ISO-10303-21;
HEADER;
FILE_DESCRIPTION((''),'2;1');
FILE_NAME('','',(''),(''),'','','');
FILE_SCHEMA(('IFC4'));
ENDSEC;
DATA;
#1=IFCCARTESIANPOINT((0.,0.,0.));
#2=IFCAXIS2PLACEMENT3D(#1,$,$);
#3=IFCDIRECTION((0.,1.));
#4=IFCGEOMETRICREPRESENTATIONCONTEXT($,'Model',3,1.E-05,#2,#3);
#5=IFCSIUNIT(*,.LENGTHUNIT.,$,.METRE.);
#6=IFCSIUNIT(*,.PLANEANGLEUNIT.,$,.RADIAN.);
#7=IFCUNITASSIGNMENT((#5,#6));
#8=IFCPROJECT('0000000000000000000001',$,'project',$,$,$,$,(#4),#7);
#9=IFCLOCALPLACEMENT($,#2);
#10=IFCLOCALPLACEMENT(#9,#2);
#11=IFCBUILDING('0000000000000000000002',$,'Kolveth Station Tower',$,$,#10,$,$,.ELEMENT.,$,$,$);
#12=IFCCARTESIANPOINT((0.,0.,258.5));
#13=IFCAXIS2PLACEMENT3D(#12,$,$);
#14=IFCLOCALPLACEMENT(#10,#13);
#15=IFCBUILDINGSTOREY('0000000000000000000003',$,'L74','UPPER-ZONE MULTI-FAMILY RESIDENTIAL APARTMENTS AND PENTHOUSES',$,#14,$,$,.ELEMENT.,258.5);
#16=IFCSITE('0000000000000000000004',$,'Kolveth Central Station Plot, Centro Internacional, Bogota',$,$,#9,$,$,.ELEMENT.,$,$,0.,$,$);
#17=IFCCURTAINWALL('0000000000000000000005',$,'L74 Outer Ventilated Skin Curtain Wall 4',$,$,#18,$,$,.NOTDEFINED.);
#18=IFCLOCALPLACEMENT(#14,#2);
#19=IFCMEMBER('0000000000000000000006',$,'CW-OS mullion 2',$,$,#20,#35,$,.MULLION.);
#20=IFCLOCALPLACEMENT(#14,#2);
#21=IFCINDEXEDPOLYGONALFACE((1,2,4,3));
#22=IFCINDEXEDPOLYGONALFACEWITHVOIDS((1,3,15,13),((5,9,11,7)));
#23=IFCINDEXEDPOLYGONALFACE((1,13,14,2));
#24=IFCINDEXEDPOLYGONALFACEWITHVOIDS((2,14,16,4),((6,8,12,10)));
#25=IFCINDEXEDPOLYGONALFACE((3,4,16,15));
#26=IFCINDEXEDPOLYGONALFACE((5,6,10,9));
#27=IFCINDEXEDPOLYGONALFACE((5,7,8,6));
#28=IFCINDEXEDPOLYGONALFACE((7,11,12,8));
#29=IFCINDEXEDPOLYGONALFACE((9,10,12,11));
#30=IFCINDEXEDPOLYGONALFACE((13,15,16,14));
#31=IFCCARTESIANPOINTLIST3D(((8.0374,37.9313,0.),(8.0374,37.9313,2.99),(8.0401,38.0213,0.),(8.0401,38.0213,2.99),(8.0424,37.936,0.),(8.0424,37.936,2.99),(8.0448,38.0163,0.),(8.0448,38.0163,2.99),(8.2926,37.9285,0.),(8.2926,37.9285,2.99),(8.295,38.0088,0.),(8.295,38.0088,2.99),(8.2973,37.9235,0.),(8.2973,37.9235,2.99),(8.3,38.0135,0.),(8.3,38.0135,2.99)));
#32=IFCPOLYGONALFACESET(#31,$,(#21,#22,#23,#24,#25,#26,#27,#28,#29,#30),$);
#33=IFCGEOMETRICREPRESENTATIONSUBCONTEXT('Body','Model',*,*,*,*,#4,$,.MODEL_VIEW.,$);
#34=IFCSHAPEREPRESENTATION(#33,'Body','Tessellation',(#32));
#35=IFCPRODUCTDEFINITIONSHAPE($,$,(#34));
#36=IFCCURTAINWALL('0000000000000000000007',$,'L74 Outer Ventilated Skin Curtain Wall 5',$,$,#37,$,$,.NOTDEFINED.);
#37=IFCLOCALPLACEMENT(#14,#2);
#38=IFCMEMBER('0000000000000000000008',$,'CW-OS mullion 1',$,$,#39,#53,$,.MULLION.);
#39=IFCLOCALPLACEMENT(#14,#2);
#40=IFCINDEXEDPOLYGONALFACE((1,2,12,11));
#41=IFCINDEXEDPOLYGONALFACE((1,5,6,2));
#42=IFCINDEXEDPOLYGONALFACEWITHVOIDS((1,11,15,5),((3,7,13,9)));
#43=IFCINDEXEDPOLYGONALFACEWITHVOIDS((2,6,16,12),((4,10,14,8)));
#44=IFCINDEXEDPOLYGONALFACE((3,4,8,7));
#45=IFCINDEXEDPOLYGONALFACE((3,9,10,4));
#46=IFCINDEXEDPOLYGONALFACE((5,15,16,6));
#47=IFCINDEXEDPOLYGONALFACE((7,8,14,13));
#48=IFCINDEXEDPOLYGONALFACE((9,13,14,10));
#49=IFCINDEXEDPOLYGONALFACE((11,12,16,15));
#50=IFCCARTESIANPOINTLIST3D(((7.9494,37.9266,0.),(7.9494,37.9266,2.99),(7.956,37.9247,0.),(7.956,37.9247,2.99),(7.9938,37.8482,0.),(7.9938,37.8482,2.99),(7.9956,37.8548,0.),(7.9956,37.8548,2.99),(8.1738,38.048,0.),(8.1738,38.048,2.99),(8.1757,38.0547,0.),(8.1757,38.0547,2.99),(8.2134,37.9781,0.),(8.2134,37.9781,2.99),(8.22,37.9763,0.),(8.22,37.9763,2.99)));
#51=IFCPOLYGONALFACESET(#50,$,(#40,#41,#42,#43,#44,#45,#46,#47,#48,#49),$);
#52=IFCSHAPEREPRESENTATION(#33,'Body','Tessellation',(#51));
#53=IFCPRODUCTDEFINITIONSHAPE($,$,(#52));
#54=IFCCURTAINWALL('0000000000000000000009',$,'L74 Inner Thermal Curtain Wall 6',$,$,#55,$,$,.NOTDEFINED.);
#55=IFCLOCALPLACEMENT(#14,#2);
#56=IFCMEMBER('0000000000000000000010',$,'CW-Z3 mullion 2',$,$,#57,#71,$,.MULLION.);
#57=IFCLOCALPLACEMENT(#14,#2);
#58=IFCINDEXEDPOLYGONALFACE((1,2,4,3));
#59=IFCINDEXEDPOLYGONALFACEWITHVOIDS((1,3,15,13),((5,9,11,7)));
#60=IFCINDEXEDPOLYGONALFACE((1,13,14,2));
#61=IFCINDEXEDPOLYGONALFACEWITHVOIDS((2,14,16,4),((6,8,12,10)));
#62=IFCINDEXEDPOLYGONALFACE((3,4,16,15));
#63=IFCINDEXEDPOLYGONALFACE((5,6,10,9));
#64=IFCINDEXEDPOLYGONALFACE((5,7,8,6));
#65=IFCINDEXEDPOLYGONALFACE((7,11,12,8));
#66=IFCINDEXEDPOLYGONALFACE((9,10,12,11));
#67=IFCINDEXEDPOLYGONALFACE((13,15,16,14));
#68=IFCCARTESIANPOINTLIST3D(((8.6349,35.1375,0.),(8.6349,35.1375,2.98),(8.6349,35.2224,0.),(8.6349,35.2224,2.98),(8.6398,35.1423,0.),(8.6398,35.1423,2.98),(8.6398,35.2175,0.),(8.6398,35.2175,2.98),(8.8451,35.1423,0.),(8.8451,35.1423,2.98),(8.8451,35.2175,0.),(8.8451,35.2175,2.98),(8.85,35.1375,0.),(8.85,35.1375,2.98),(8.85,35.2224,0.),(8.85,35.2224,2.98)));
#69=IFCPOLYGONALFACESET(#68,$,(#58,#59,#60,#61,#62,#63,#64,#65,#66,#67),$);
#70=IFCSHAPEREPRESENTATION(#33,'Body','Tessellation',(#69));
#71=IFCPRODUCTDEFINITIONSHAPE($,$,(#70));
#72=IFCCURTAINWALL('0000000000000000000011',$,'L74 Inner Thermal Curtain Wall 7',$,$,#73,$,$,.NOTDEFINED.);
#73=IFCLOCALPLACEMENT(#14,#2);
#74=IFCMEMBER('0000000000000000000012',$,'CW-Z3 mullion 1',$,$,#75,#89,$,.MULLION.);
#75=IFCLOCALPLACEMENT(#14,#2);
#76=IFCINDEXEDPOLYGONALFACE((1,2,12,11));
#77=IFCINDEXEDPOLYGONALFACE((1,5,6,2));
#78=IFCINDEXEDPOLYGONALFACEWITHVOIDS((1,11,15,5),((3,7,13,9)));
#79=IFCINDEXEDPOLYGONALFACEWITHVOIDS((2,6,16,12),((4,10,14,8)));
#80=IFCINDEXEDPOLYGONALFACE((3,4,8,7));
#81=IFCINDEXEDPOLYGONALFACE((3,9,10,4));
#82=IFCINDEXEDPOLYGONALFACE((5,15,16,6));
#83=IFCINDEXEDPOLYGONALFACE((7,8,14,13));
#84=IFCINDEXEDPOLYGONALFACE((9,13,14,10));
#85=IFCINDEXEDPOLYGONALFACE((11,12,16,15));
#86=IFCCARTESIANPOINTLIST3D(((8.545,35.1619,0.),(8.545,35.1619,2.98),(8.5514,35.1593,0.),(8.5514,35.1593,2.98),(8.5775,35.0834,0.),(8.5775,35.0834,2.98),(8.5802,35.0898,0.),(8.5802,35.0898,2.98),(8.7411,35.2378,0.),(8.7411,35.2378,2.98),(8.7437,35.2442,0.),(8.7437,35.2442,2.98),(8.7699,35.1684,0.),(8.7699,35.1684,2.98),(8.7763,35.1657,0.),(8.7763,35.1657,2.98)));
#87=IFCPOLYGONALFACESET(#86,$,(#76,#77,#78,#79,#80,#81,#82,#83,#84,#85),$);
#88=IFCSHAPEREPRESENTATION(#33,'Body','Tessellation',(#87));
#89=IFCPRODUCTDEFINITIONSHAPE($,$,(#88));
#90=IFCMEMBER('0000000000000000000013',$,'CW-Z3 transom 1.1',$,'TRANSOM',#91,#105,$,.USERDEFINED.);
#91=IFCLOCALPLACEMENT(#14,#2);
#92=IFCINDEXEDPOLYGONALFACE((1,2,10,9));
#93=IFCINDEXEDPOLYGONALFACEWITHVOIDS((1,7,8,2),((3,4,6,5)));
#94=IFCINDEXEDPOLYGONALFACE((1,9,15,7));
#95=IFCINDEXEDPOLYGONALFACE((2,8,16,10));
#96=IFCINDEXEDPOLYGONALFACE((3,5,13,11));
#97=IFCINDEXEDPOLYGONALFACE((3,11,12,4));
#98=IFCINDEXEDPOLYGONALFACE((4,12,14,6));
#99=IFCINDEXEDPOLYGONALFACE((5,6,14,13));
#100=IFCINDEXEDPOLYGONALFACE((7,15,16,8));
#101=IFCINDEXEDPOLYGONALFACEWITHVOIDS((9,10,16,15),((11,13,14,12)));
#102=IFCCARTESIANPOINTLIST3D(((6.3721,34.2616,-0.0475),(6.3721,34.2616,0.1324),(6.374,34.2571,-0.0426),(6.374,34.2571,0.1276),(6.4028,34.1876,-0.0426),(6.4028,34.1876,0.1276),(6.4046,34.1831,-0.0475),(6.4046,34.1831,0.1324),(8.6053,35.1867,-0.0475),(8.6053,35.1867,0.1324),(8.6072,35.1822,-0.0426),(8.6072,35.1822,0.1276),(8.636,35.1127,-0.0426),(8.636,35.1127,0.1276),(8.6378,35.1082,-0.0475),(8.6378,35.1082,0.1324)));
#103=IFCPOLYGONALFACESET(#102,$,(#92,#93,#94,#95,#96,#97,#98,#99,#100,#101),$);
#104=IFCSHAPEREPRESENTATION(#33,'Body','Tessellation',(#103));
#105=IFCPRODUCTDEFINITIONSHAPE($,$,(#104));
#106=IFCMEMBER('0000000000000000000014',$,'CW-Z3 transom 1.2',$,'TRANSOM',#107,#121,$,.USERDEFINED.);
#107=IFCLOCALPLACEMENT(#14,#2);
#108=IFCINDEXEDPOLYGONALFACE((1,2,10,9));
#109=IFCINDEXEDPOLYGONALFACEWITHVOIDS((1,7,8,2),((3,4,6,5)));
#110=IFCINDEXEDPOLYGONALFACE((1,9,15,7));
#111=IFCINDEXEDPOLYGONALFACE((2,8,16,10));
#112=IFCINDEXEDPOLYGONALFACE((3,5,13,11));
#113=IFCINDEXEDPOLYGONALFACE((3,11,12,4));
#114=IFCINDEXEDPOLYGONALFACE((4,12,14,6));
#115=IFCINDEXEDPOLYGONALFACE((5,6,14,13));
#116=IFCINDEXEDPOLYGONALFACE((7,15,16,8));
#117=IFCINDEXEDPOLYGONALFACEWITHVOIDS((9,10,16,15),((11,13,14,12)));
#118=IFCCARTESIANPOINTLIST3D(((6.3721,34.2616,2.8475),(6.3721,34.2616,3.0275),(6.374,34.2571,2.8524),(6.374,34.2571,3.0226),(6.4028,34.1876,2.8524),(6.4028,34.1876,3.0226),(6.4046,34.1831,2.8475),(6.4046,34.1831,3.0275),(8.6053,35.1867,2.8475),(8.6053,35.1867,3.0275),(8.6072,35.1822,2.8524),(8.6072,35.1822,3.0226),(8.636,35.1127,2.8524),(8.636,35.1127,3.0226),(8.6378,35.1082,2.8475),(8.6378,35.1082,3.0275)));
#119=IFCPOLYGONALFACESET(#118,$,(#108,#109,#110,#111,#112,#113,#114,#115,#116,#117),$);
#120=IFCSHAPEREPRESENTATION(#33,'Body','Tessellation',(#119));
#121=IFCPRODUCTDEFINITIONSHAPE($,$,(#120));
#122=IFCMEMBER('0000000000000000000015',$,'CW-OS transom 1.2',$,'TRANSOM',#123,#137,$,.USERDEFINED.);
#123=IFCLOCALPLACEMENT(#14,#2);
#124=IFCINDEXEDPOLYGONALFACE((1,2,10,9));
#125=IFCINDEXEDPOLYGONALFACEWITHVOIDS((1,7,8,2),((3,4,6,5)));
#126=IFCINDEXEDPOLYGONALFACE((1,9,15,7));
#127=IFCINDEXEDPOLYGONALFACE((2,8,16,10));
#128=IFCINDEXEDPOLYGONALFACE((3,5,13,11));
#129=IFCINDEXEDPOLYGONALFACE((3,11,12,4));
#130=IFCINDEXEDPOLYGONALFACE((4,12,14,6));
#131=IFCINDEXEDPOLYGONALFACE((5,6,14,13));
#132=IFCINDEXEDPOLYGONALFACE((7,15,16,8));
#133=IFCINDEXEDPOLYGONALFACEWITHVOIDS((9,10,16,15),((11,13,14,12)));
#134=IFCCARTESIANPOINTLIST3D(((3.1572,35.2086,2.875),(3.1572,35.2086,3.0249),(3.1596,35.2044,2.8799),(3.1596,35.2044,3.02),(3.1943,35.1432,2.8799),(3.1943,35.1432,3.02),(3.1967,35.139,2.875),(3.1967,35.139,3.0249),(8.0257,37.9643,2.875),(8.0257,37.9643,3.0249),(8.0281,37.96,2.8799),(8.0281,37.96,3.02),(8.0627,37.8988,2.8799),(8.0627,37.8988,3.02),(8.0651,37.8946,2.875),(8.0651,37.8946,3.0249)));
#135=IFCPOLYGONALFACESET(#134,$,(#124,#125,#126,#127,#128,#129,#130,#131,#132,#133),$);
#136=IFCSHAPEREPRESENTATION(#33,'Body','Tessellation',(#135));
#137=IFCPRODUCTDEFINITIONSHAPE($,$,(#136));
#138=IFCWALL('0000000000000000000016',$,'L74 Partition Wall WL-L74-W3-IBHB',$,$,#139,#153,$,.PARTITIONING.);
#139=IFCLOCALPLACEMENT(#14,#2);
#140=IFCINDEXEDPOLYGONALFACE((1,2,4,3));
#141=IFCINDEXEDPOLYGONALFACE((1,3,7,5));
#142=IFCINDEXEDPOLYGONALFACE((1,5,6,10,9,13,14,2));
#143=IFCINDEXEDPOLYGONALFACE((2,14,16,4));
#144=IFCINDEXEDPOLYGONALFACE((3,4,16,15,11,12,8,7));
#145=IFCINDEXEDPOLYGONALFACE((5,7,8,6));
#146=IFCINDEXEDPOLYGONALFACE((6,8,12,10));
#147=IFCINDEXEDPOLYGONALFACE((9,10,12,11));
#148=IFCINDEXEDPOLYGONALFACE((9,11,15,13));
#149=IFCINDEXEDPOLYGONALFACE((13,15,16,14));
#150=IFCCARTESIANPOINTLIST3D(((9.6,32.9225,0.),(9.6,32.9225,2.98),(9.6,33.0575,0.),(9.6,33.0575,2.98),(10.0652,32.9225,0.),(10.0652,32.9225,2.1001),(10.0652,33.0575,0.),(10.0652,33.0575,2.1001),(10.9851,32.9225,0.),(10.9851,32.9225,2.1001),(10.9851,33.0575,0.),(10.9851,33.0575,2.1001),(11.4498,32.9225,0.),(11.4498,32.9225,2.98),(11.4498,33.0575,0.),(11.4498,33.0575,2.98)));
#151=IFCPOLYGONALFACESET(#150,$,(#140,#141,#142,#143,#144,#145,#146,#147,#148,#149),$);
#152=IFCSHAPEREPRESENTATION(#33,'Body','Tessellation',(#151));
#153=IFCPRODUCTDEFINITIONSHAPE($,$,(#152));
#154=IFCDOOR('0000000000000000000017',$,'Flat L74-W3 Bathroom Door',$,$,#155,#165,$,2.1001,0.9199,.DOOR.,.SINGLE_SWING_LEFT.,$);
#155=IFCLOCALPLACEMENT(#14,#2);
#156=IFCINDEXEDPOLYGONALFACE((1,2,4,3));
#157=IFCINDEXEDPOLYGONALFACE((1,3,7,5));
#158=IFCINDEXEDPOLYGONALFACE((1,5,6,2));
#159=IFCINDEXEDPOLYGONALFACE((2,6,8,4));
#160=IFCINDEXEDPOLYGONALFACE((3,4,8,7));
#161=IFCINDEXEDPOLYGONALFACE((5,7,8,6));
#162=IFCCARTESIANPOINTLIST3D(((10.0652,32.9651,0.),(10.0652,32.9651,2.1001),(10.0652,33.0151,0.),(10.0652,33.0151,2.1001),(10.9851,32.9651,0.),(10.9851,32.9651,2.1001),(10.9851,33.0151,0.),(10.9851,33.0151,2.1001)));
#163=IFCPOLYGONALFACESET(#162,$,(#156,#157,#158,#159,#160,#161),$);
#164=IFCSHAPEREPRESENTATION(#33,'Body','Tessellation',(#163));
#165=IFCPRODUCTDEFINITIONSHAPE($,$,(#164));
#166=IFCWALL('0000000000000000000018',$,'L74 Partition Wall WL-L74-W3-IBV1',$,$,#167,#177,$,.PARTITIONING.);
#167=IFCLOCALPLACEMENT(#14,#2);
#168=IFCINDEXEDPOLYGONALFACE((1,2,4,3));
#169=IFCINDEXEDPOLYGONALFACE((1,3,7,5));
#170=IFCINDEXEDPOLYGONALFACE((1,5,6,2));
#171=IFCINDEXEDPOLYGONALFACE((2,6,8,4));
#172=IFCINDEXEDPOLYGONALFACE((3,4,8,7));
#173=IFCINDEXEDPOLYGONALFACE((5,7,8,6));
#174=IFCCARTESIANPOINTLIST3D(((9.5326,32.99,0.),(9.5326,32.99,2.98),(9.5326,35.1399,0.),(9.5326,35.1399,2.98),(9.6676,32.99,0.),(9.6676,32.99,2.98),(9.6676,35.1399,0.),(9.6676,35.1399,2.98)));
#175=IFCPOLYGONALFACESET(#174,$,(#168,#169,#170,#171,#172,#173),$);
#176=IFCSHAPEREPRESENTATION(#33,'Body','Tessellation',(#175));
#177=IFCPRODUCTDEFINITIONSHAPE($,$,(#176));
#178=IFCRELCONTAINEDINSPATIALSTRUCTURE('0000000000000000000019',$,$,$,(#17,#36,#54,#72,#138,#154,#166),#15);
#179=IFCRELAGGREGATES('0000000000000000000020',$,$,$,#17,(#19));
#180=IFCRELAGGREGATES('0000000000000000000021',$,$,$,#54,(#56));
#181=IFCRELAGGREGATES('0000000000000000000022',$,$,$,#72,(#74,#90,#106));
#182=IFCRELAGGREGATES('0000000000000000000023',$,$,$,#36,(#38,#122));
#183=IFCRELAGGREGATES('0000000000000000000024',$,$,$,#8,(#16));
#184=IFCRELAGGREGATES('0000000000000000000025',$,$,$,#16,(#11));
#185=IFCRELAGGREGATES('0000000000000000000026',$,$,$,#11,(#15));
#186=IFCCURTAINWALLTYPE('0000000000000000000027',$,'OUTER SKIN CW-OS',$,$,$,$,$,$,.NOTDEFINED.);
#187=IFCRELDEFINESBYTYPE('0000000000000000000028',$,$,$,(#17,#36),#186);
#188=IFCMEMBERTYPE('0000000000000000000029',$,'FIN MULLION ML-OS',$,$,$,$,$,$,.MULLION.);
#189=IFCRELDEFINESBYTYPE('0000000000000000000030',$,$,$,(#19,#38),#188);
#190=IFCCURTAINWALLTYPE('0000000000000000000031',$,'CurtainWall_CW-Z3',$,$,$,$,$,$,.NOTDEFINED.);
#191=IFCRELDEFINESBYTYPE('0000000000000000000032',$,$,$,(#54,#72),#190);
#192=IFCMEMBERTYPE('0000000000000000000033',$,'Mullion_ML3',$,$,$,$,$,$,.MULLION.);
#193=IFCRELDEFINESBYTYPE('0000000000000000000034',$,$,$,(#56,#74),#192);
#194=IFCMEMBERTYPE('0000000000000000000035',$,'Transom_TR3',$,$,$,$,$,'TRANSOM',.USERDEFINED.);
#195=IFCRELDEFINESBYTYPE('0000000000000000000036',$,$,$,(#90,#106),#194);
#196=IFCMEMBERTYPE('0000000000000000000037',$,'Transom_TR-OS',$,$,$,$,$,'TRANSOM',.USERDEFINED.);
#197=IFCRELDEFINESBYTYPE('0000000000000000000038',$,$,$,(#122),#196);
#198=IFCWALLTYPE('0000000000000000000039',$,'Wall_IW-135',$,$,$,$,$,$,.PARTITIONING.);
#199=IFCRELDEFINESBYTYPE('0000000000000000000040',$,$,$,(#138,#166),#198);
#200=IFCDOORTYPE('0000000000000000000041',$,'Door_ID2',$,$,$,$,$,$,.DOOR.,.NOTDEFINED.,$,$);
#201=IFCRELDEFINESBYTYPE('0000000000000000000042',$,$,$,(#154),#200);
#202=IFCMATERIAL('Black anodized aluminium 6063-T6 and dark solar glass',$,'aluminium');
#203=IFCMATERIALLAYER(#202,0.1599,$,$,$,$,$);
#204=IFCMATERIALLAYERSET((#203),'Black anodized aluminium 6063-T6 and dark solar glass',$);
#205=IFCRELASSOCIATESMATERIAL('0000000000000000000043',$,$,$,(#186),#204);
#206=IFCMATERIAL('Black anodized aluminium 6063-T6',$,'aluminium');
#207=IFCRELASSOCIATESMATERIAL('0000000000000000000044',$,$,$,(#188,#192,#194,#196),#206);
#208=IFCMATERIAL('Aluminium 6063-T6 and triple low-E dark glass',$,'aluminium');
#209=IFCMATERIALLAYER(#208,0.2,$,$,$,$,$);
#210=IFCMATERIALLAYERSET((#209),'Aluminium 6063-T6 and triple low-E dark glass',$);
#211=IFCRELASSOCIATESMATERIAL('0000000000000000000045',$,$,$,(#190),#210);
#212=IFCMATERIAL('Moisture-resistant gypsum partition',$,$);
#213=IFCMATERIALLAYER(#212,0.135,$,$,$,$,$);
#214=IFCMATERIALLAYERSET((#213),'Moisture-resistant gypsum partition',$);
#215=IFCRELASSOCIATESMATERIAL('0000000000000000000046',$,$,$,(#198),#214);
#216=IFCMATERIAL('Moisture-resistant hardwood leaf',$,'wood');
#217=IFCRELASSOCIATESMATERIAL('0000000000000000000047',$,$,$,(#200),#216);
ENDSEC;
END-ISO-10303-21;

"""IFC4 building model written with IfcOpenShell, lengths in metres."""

from ifc_helpers import new_model, si_unit, direction, frame, frame_2d, origin, origin_2d, place, context, subcontext, project, spatial, rectangle, hollow_rectangle, extrude, source, transform, mapped, material, layer, layer_set, material_profile, profile_set, type_object, element, fill, aggregate, save


model = new_model("IFC4")

# Units and contexts
model_context = context("Model", 3, precision=1e-05, world=origin(), true_north=direction((0.0, 1.0)))
body_context = subcontext(model_context, "Body", "Model", "MODEL_VIEW")
ifc_project = project(units=[si_unit("LENGTHUNIT", "METRE"), si_unit("PLANEANGLEUNIT", "RADIAN")], contexts=[model_context])

# Site, building, storey
site_placement = place(None, origin())
site = spatial("IfcSite", under=ifc_project, at=site_placement, Name="Kolveth Central Station Plot, Centro Internacional, Bogota", CompositionType="ELEMENT", RefElevation=0.0)
building_placement = place(site_placement, origin())
building = spatial("IfcBuilding", under=site, at=building_placement, Name="Kolveth Station Tower", CompositionType="ELEMENT")
storey_placement = place(building_placement, frame((0.0, 0.0, 258.5)))
storey = spatial("IfcBuildingStorey", under=building, at=storey_placement, Name="L74", Description="UPPER-ZONE MULTI-FAMILY RESIDENTIAL APARTMENTS AND PENTHOUSES", CompositionType="ELEMENT", Elevation=258.5)

# Curtain walls, members
ifc_material_1 = material(Name="Black anodized aluminium 6063-T6 and dark solar glass", Category="aluminium")
ifc_layer_1 = layer(ifc_material_1, 0.1599)
ifc_layer_set_1 = layer_set([ifc_layer_1], Name="Black anodized aluminium 6063-T6 and dark solar glass")
curtain_wall_type_1 = type_object("IfcCurtainWallType", Name="OUTER SKIN CW-OS", PredefinedType="NOTDEFINED", material=ifc_layer_set_1)
curtain_wall_1_placement = place(storey_placement, origin())
curtain_wall_1 = element("IfcCurtainWall", 1, at=curtain_wall_1_placement, inside=storey, type_object=curtain_wall_type_1, Name="L74 Outer Ventilated Skin Curtain Wall 4", PredefinedType="NOTDEFINED")
ifc_material_2 = material(Name="Black anodized aluminium 6063-T6", Category="aluminium")
ifc_material_profile_1 = material_profile(ifc_material_2, hollow_rectangle(XDim=0.0901, YDim=0.26, WallThickness=0.0049, at=origin_2d()), Name="ALU-90x260x5")
ifc_profile_set_1 = profile_set([ifc_material_profile_1], Name="Black anodized aluminium 6063-T6")
member_type_1 = type_object("IfcMemberType", Name="FIN MULLION ML-OS", PredefinedType="MULLION", material=ifc_profile_set_1)
shared_shape_1 = source(origin(), body_context, "Body", "SweptSolid", [
    extrude(hollow_rectangle(XDim=0.0901, YDim=0.26, WallThickness=0.0049, at=origin_2d()), origin(), (0.0, 0.0, 1.0), 2.99),
])
member_1_placement = place(storey_placement, frame((8.1687, 37.9724, 0.0), z_axis=(0.0, 0.0, 1.0), x_axis=(-0.029941, -0.999552, 0.0)))
member_1 = element("IfcMember", 2, at=member_1_placement, type_object=member_type_1, Name="CW-OS mullion 2", PredefinedType="MULLION", context=body_context, shape_type="MappedRepresentation", body=[
    mapped(shared_shape_1, transform((0.0, 0.0, 0.0), x_axis=(1.0, 0.0, 0.0), y_axis=(0.0, 1.0, 0.0), z_axis=(0.0, 0.0, 1.0), scale=1.0)),
])
aggregate(curtain_wall_1, [member_1])
curtain_wall_2_placement = place(storey_placement, origin())
curtain_wall_2 = element("IfcCurtainWall", 3, at=curtain_wall_2_placement, inside=storey, type_object=curtain_wall_type_1, Name="L74 Outer Ventilated Skin Curtain Wall 5", PredefinedType="NOTDEFINED")
member_2_placement = place(storey_placement, frame((8.0847, 37.9514, 0.0), z_axis=(0.0, 0.0, 1.0), x_axis=(0.492593, -0.87026, 0.0)))
member_2 = element("IfcMember", 4, at=member_2_placement, type_object=member_type_1, Name="CW-OS mullion 1", PredefinedType="MULLION", context=body_context, shape_type="MappedRepresentation", body=[
    mapped(shared_shape_1, transform((0.0, 0.0, 0.0), x_axis=(1.0, 0.0, 0.0), y_axis=(0.0, 1.0, 0.0), z_axis=(0.0, 0.0, 1.0), scale=1.0)),
])
ifc_material_3 = material(Name="Aluminium 6063-T6 and triple low-E dark glass", Category="aluminium")
ifc_layer_2 = layer(ifc_material_3, 0.2)
ifc_layer_set_2 = layer_set([ifc_layer_2], Name="Aluminium 6063-T6 and triple low-E dark glass")
curtain_wall_type_2 = type_object("IfcCurtainWallType", Name="CurtainWall_CW-Z3", PredefinedType="NOTDEFINED", material=ifc_layer_set_2)
curtain_wall_3_placement = place(storey_placement, origin())
curtain_wall_3 = element("IfcCurtainWall", 5, at=curtain_wall_3_placement, inside=storey, type_object=curtain_wall_type_2, Name="L74 Inner Thermal Curtain Wall 6", PredefinedType="NOTDEFINED")
ifc_material_profile_2 = material_profile(ifc_material_2, hollow_rectangle(XDim=0.085, YDim=0.2151, WallThickness=0.0049, at=origin_2d()), Name="ALU-85x215x5")
ifc_profile_set_2 = profile_set([ifc_material_profile_2], Name="Black anodized aluminium 6063-T6")
member_type_2 = type_object("IfcMemberType", Name="Mullion_ML3", PredefinedType="MULLION", material=ifc_profile_set_2)
shared_shape_2 = source(origin(), body_context, "Body", "SweptSolid", [
    extrude(hollow_rectangle(XDim=0.085, YDim=0.2151, WallThickness=0.0049, at=origin_2d()), origin(), (0.0, 0.0, 1.0), 2.98),
])
member_3_placement = place(storey_placement, frame((8.7424, 35.1799, 0.0), z_axis=(0.0, 0.0, 1.0), x_axis=(0.0, -1.0, 0.0)))
member_3 = element("IfcMember", 6, at=member_3_placement, type_object=member_type_2, Name="CW-Z3 mullion 2", PredefinedType="MULLION", context=body_context, shape_type="MappedRepresentation", body=[
    mapped(shared_shape_2, transform((0.0, 0.0, 0.0), x_axis=(1.0, 0.0, 0.0), y_axis=(0.0, 1.0, 0.0), z_axis=(0.0, 0.0, 1.0), scale=1.0)),
])
aggregate(curtain_wall_3, [member_3])

# Curtain wall, members
curtain_wall_4_placement = place(storey_placement, origin())
curtain_wall_4 = element("IfcCurtainWall", 7, at=curtain_wall_4_placement, inside=storey, type_object=curtain_wall_type_2, Name="L74 Inner Thermal Curtain Wall 7", PredefinedType="NOTDEFINED")
member_4_placement = place(storey_placement, frame((8.6606, 35.1638, 0.0), z_axis=(0.0, 0.0, 1.0), x_axis=(0.382693, -0.923875, 0.0)))
member_4 = element("IfcMember", 8, at=member_4_placement, type_object=member_type_2, Name="CW-Z3 mullion 1", PredefinedType="MULLION", context=body_context, shape_type="MappedRepresentation", body=[
    mapped(shared_shape_2, transform((0.0, 0.0, 0.0), x_axis=(1.0, 0.0, 0.0), y_axis=(0.0, 1.0, 0.0), z_axis=(0.0, 0.0, 1.0), scale=1.0)),
])
ifc_material_profile_3 = material_profile(ifc_material_2, hollow_rectangle(XDim=0.085, YDim=0.1799, WallThickness=0.0049, at=origin_2d()), Name="ALU-85x180x5")
ifc_profile_set_3 = profile_set([ifc_material_profile_3], Name="Black anodized aluminium 6063-T6")
member_type_3 = type_object("IfcMemberType", Name="Transom_TR3", ElementType="TRANSOM", PredefinedType="USERDEFINED", material=ifc_profile_set_3)
shared_shape_3 = source(origin(), body_context, "Body", "SweptSolid", [
    extrude(hollow_rectangle(XDim=0.085, YDim=0.1799, WallThickness=0.0049, at=origin_2d()), origin(), (0.0, 0.0, 1.0), 2.4172),
])
member_5_placement = place(storey_placement, frame((8.6216, 35.1475, 0.0425), z_axis=(-0.923873, -0.3827, 0.0), x_axis=(0.3827, -0.923873, 0.0)))
member_5 = element("IfcMember", 9, at=member_5_placement, type_object=member_type_3, Name="CW-Z3 transom 1.1", ObjectType="TRANSOM", PredefinedType="USERDEFINED", context=body_context, shape_type="MappedRepresentation", body=[
    mapped(shared_shape_3, transform((0.0, 0.0, 0.0), x_axis=(1.0, 0.0, 0.0), y_axis=(0.0, 1.0, 0.0), z_axis=(0.0, 0.0, 1.0), scale=1.0)),
])
member_6_placement = place(storey_placement, frame((8.6216, 35.1475, 2.9375), z_axis=(-0.923873, -0.3827, 0.0), x_axis=(0.3827, -0.923873, 0.0)))
member_6 = element("IfcMember", 10, at=member_6_placement, type_object=member_type_3, Name="CW-Z3 transom 1.2", ObjectType="TRANSOM", PredefinedType="USERDEFINED", context=body_context, shape_type="MappedRepresentation", body=[
    mapped(shared_shape_3, transform((0.0, 0.0, 0.0), x_axis=(1.0, 0.0, 0.0), y_axis=(0.0, 1.0, 0.0), z_axis=(0.0, 0.0, 1.0), scale=1.0)),
])
aggregate(curtain_wall_4, [member_4, member_5, member_6])

# Member
ifc_material_profile_4 = material_profile(ifc_material_2, hollow_rectangle(XDim=0.0801, YDim=0.1499, WallThickness=0.0049, at=origin_2d()), Name="ALU-80x150x5")
ifc_profile_set_4 = profile_set([ifc_material_profile_4], Name="Black anodized aluminium 6063-T6")
member_type_4 = type_object("IfcMemberType", Name="Transom_TR-OS", ElementType="TRANSOM", PredefinedType="USERDEFINED", material=ifc_profile_set_4)
shared_shape_4 = source(origin(), body_context, "Body", "SweptSolid", [
    extrude(hollow_rectangle(XDim=0.0801, YDim=0.1499, WallThickness=0.0049, at=origin_2d()), origin(), (0.0, 0.0, 1.0), 5.5942),
])
member_7_placement = place(storey_placement, frame((8.0454, 37.9294, 2.95), z_axis=(-0.870264, -0.492586, 0.0), x_axis=(0.492586, -0.870264, 0.0)))
member_7 = element("IfcMember", 11, at=member_7_placement, type_object=member_type_4, Name="CW-OS transom 1.2", ObjectType="TRANSOM", PredefinedType="USERDEFINED", context=body_context, shape_type="MappedRepresentation", body=[
    mapped(shared_shape_4, transform((0.0, 0.0, 0.0), x_axis=(1.0, 0.0, 0.0), y_axis=(0.0, 1.0, 0.0), z_axis=(0.0, 0.0, 1.0), scale=1.0)),
])
aggregate(curtain_wall_2, [member_2, member_7])

# Wall, opening, door
ifc_material_4 = material(Name="Moisture-resistant gypsum partition")
ifc_layer_3 = layer(ifc_material_4, 0.135)
ifc_layer_set_3 = layer_set([ifc_layer_3], Name="Moisture-resistant gypsum partition")
wall_type_1 = type_object("IfcWallType", Name="Wall_IW-135", PredefinedType="PARTITIONING", material=ifc_layer_set_3)
wall_1_placement = place(storey_placement, frame((9.6001, 32.99, 0.0), z_axis=(0.0, 0.0, 1.0), x_axis=(1.0, 0.0, 0.0)))
wall_1 = element("IfcWall", 12, at=wall_1_placement, inside=storey, type_object=wall_type_1, Name="L74 Partition Wall WL-L74-W3-IBHB", PredefinedType="PARTITIONING", context=body_context, shape_type="SweptSolid", body=[
    extrude(rectangle(XDim=1.8499, YDim=0.135, at=frame_2d((0.9248, 0.0))), origin(), (0.0, 0.0, 1.0), 2.98),
])
opening_1_placement = place(wall_1_placement, frame((0.4651, 0.0, 0.0)))
opening_1 = element("IfcOpeningElement", 13, at=opening_1_placement, cuts=wall_1, PredefinedType="OPENING", context=body_context, shape_type="SweptSolid", body=[
    extrude(rectangle(XDim=0.9199, YDim=2.1001, at=frame_2d((0.46, 1.05))), frame((0.0, 0.0774, 0.0), z_axis=(0.0, -1.0, 0.0), x_axis=(1.0, 0.0, 0.0)), (0.0, 0.0, 1.0), 0.155),
])
ifc_material_5 = material(Name="Moisture-resistant hardwood leaf", Category="wood")
door_type_1 = type_object("IfcDoorType", Name="Door_ID2", OperationType="NOTDEFINED", PredefinedType="DOOR", material=ifc_material_5)
door_1_placement = place(opening_1_placement, frame((0.9199, 0.0, 0.0), z_axis=(0.0, 0.0, 1.0), x_axis=(-1.0, 0.0, 0.0)))
door_1 = element("IfcDoor", 14, at=door_1_placement, inside=storey, type_object=door_type_1, Name="Flat L74-W3 Bathroom Door", OperationType="SINGLE_SWING_LEFT", OverallHeight=2.1001, OverallWidth=0.9199, PredefinedType="DOOR", context=body_context, shape_type="SweptSolid", body=[
    extrude(rectangle(XDim=0.9199, YDim=2.1001, at=frame_2d((0.46, 1.05))), frame((0.0, 0.0249, 0.0), z_axis=(0.0, -1.0, 0.0), x_axis=(1.0, 0.0, 0.0)), (0.0, 0.0, 1.0), 0.05),
])
fill(opening_1, door_1)

# Wall
for number, where, z_axis, x_axis, name in (
    (15, (9.6001, 32.99, 0.0), (0.0, 0.0, 1.0), (0.0, 1.0, 0.0), "L74 Partition Wall WL-L74-W3-IBV1"),
):
    element("IfcWall", number, at=place(storey_placement, frame(where, z_axis=z_axis, x_axis=x_axis)), inside=storey, type_object=wall_type_1, Name=name, PredefinedType="PARTITIONING", context=body_context, shape_type="SweptSolid", body=[
        extrude(rectangle(XDim=2.1499, YDim=0.135, at=frame_2d((1.075, 0.0))), origin(), (0.0, 0.0, 1.0), 2.98),
    ])

save(model, "model.ifc")
